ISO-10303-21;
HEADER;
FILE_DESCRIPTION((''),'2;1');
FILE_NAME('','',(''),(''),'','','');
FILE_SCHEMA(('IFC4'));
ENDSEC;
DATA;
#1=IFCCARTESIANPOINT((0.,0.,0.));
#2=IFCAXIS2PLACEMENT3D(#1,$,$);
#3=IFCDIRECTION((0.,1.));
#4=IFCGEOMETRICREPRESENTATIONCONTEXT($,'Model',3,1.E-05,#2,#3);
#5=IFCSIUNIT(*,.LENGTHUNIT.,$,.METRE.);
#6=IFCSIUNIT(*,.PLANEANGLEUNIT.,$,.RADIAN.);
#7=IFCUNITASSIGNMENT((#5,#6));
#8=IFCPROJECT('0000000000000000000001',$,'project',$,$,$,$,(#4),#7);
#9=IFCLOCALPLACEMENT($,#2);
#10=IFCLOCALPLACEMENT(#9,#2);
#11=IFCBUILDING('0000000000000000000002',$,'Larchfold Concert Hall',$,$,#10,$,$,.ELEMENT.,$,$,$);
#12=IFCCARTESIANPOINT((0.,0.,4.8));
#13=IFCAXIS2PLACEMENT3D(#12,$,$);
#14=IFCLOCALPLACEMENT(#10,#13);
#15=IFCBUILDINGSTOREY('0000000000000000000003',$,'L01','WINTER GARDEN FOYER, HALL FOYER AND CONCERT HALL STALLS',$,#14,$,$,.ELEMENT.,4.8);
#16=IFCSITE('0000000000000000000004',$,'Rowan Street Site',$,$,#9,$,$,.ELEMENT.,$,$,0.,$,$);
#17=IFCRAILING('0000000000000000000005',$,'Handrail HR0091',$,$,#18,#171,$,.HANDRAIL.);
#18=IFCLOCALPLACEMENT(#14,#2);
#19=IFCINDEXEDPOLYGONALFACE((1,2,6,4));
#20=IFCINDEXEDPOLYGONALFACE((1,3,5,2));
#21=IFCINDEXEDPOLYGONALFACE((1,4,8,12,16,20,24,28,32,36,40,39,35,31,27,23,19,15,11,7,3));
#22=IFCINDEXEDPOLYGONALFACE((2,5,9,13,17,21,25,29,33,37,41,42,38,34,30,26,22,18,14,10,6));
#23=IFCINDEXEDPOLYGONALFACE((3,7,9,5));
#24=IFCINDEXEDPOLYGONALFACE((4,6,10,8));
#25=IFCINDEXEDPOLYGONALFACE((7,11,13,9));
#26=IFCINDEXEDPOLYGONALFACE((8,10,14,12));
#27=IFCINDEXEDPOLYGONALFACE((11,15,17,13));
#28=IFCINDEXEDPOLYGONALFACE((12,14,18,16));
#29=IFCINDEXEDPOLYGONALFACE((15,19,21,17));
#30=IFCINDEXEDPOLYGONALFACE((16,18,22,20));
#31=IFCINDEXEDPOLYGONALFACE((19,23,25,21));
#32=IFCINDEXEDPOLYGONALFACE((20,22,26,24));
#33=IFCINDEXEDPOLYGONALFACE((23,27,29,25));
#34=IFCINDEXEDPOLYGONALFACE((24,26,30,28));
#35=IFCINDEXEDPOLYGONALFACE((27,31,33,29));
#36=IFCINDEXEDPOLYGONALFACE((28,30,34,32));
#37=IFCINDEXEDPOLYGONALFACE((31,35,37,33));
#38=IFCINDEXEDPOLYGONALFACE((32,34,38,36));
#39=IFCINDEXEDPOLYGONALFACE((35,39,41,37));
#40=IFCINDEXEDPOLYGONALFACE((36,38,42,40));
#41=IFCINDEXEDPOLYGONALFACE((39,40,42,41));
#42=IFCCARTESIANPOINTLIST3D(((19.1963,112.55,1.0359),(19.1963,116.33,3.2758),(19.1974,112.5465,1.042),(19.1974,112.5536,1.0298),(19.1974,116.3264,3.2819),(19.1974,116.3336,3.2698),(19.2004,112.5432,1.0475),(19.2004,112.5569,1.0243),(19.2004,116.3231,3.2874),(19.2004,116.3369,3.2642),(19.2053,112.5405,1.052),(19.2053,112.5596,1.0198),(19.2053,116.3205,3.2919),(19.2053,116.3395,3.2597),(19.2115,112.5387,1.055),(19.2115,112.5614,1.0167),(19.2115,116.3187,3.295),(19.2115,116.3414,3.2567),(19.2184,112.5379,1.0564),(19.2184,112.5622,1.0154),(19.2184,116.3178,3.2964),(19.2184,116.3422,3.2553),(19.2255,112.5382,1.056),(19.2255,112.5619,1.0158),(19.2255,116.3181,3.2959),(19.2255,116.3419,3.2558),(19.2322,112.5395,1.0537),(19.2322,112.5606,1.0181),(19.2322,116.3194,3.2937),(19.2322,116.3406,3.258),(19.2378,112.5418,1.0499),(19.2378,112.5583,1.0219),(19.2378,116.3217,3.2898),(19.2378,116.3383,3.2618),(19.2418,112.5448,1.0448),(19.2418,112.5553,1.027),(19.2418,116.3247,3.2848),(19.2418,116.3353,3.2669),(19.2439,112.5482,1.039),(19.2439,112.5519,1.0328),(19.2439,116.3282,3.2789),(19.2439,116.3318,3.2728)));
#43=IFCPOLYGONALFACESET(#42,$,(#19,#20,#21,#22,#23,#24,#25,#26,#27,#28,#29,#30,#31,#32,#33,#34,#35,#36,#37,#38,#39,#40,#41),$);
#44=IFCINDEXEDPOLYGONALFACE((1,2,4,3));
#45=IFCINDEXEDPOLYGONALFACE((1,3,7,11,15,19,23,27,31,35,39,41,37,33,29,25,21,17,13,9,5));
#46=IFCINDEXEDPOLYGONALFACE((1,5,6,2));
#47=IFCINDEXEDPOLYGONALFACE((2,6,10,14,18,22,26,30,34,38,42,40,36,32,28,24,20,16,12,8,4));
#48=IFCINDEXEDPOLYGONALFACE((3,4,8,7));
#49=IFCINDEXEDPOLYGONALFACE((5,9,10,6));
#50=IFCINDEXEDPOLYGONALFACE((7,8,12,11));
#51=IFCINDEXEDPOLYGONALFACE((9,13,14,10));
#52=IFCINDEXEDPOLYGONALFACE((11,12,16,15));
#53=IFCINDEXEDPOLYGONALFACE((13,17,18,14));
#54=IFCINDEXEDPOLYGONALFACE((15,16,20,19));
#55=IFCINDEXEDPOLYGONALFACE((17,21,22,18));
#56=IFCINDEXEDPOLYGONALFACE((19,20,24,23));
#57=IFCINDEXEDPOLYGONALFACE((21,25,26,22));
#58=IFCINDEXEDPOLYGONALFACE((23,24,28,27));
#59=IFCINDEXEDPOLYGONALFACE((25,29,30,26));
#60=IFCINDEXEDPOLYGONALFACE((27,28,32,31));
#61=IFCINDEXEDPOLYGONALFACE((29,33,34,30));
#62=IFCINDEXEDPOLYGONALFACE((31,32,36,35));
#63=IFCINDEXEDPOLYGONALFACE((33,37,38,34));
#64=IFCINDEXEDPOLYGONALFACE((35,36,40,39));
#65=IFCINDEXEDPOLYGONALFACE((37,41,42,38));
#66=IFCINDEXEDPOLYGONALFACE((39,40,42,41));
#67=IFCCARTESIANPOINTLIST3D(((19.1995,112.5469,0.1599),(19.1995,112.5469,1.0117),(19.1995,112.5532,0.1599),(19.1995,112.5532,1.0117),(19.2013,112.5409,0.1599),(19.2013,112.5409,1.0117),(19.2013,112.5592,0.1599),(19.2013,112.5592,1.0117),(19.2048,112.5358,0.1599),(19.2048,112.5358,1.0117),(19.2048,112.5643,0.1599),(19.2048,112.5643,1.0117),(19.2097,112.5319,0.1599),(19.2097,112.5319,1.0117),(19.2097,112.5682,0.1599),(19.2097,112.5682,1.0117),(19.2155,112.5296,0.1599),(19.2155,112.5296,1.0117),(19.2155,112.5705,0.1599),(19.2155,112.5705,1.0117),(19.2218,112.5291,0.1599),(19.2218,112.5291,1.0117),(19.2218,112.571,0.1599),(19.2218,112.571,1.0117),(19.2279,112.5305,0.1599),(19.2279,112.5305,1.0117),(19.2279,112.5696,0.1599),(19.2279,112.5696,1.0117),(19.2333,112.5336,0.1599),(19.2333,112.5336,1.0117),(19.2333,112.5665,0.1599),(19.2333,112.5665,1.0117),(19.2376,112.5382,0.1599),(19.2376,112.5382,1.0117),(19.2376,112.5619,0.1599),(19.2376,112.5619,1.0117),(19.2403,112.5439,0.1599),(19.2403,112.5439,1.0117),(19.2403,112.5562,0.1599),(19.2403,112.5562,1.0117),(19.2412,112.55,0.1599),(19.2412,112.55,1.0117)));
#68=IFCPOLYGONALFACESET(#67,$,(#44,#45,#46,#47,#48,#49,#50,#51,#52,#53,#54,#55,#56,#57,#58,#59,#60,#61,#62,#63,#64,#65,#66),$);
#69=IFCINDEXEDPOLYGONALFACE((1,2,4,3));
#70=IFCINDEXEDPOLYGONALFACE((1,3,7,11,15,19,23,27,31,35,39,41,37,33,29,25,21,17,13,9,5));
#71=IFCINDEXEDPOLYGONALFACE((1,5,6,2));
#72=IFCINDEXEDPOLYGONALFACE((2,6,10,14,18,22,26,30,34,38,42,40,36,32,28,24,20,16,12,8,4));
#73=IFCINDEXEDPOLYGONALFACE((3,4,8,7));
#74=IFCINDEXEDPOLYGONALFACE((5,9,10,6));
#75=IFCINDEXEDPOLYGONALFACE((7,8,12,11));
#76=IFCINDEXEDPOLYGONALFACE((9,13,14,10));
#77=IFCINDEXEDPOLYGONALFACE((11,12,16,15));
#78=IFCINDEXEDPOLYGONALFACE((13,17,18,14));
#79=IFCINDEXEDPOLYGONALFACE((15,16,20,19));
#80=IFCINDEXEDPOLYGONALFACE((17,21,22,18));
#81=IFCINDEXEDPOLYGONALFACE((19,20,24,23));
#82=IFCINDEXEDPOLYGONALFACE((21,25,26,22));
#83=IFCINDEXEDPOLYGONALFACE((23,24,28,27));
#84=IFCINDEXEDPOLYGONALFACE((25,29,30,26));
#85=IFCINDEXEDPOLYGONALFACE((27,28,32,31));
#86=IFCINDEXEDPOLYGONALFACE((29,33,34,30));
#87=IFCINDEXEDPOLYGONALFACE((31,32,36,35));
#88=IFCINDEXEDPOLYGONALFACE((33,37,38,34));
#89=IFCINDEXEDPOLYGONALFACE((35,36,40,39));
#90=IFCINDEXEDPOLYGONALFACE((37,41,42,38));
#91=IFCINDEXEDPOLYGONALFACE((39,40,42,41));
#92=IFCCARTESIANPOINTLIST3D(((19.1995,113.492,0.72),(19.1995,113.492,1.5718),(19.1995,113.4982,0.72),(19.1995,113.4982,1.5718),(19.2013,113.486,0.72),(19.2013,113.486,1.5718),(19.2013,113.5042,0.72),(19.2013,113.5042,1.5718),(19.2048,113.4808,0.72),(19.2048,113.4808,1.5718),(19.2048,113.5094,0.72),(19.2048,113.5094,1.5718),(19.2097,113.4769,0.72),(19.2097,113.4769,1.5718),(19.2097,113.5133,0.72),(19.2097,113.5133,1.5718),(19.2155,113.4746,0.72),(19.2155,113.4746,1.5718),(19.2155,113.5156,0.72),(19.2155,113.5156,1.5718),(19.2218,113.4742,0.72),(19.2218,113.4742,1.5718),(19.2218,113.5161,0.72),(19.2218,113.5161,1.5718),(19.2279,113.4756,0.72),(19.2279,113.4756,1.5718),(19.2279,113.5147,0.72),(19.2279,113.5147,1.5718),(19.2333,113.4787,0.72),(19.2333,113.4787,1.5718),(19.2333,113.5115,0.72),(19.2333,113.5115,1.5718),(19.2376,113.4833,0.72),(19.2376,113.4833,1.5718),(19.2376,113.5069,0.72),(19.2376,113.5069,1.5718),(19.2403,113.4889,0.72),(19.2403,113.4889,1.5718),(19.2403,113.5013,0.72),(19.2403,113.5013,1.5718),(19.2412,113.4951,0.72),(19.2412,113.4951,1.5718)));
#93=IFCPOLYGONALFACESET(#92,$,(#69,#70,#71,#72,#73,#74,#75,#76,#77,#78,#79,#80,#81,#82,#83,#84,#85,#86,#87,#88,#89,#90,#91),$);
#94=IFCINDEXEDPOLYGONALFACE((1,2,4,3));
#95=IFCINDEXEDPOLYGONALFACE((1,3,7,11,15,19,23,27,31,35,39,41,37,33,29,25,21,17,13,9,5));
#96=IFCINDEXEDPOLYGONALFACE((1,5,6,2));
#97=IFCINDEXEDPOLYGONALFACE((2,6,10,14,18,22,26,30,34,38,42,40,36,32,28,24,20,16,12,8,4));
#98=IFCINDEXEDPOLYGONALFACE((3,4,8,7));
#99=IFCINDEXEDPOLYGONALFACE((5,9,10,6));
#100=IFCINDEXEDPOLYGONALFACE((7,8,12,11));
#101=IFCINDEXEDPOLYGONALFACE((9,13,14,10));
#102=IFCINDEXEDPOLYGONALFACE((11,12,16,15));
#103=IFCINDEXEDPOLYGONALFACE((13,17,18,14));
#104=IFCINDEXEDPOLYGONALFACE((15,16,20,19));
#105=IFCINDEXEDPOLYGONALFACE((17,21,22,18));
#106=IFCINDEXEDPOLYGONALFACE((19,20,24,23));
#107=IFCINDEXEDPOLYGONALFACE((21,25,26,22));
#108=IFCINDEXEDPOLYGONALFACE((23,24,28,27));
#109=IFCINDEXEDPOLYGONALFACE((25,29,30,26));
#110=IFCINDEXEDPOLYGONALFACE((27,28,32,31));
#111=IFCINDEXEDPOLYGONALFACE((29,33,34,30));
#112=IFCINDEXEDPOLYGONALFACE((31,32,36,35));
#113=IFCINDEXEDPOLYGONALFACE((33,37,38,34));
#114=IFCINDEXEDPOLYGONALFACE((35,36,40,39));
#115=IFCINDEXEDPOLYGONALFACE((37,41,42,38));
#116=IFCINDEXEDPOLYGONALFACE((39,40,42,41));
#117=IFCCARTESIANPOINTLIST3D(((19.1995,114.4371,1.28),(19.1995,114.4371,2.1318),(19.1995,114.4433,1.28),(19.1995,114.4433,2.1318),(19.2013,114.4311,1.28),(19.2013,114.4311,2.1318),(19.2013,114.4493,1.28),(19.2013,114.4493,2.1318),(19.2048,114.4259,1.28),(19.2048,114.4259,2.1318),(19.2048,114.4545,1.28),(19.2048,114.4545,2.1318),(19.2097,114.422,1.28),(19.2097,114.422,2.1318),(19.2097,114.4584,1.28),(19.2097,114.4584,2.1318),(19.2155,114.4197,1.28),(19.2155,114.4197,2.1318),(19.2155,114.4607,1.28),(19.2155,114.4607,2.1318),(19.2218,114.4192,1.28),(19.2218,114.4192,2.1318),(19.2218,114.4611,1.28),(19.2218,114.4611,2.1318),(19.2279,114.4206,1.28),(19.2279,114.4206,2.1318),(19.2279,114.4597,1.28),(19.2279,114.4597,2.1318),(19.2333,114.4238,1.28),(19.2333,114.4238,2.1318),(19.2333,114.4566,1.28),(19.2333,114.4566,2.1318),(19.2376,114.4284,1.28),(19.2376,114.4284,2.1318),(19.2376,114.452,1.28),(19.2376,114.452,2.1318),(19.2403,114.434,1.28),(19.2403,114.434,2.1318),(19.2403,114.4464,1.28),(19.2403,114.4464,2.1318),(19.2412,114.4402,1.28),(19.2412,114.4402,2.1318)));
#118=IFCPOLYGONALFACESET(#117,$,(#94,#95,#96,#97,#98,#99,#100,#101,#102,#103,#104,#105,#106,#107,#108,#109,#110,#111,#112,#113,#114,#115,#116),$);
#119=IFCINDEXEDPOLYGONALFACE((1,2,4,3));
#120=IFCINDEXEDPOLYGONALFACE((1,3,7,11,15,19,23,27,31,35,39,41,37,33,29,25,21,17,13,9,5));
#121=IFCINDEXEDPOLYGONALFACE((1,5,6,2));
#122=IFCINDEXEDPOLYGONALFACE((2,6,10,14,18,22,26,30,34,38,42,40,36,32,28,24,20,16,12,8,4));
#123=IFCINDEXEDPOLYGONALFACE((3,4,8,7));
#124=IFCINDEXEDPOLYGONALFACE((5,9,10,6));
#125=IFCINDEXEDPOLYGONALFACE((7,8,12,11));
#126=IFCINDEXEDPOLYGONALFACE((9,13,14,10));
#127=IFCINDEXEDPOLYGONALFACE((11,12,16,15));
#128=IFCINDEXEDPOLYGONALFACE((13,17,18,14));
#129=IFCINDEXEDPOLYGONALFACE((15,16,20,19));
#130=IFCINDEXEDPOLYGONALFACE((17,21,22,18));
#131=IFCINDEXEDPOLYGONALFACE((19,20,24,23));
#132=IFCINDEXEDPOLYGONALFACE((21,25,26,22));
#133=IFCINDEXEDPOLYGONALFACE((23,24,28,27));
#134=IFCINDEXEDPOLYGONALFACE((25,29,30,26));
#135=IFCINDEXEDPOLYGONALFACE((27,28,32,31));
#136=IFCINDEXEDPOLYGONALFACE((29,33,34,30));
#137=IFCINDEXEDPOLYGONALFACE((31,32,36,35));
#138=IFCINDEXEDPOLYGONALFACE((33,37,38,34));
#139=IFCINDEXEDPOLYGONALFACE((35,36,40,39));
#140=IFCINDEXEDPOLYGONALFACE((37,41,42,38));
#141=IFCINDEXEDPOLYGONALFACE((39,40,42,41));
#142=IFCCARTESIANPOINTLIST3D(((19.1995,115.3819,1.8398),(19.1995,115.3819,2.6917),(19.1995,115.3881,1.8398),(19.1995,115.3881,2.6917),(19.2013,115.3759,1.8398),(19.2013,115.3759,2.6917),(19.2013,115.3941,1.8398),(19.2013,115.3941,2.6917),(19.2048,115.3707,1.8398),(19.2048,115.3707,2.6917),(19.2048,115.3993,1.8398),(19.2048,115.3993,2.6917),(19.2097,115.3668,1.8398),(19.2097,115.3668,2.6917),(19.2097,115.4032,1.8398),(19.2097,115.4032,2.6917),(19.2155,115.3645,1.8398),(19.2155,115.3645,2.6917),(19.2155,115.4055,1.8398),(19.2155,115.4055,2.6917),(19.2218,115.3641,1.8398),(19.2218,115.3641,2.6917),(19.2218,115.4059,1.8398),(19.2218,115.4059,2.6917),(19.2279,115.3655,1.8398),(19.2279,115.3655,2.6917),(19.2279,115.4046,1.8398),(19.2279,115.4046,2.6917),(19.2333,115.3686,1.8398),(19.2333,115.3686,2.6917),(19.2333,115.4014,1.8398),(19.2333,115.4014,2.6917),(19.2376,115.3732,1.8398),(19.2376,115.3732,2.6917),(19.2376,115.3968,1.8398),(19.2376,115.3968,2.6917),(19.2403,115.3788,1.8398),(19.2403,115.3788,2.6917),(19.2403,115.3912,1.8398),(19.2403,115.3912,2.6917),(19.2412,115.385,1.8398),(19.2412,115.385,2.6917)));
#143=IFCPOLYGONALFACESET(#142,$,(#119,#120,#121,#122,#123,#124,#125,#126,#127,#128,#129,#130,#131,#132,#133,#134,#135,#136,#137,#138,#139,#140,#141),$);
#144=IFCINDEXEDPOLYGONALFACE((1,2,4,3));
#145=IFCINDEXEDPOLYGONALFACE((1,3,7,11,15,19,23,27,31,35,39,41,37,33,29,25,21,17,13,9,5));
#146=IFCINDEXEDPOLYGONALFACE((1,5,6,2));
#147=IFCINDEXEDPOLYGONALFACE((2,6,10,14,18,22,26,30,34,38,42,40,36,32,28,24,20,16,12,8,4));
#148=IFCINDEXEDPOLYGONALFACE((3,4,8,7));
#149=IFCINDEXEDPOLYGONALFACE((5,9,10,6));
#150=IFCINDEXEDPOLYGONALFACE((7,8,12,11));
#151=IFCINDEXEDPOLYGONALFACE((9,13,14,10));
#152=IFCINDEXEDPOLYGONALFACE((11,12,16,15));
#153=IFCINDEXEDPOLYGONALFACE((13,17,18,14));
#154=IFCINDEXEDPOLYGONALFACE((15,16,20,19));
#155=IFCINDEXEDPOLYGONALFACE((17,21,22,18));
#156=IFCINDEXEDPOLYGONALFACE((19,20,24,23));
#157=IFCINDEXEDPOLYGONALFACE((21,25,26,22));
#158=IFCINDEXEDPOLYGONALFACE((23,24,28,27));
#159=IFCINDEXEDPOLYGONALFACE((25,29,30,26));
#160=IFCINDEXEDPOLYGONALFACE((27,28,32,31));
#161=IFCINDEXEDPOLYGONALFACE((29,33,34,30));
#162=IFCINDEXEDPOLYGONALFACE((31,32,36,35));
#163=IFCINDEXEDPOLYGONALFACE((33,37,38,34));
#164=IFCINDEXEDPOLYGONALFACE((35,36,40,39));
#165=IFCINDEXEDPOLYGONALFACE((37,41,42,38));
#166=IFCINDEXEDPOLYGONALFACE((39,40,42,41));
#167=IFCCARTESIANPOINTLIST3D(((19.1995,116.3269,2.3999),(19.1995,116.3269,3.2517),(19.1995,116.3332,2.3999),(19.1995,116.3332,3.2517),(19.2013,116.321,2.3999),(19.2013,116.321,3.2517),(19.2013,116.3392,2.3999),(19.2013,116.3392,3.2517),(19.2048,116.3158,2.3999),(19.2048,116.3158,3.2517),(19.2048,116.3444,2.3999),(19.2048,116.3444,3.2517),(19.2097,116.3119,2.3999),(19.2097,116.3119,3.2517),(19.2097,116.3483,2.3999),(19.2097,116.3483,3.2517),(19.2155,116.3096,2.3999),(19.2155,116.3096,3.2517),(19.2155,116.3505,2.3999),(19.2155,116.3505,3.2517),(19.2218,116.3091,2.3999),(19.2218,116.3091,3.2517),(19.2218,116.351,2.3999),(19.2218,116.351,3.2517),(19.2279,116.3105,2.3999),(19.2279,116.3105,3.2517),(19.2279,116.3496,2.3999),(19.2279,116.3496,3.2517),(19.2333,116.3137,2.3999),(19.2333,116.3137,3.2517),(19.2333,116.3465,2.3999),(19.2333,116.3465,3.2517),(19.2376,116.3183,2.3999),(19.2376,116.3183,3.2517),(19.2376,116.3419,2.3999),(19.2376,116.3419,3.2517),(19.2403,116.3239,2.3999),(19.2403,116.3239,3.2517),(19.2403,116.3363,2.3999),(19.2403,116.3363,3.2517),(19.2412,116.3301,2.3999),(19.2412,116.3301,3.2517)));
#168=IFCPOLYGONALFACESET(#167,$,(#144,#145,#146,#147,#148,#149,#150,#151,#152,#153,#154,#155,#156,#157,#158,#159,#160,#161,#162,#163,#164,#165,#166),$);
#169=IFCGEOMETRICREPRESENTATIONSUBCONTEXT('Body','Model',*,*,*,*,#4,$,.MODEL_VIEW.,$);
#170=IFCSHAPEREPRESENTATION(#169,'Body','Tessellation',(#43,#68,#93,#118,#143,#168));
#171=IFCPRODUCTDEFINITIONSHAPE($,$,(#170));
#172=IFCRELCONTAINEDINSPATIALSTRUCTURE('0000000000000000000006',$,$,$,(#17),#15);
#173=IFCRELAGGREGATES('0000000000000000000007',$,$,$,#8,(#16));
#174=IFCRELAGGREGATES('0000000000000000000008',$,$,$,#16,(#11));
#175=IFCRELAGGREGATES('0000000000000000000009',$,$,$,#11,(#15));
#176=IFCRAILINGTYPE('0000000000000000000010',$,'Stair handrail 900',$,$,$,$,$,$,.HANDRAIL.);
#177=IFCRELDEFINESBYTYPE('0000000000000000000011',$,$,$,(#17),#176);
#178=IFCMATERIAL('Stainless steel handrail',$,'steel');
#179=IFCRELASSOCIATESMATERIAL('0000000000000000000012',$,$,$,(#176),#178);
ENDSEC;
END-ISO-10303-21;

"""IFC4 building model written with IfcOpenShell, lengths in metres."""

from ifc_helpers import new_model, si_unit, direction, frame, origin, origin_2d, place, context, subcontext, project, spatial, circle, extrude, material, type_object, element, save


model = new_model("IFC4")

# Units and contexts
model_context = context("Model", 3, precision=1e-05, world=origin(), true_north=direction((0.0, 1.0)))
body_context = subcontext(model_context, "Body", "Model", "MODEL_VIEW")
ifc_project = project(units=[si_unit("LENGTHUNIT", "METRE"), si_unit("PLANEANGLEUNIT", "RADIAN")], contexts=[model_context])

# Site, building, storey
site_placement = place(None, origin())
site = spatial("IfcSite", under=ifc_project, at=site_placement, Name="Rowan Street Site", CompositionType="ELEMENT", RefElevation=0.0)
building_placement = place(site_placement, origin())
building = spatial("IfcBuilding", under=site, at=building_placement, Name="Larchfold Concert Hall", CompositionType="ELEMENT")
storey_placement = place(building_placement, frame((0.0, 0.0, 4.8)))
storey = spatial("IfcBuildingStorey", under=building, at=storey_placement, Name="L01", Description="WINTER GARDEN FOYER, HALL FOYER AND CONCERT HALL STALLS", CompositionType="ELEMENT", Elevation=4.8)

# Railing
ifc_material_1 = material(Name="Stainless steel handrail", Category="steel")
railing_type_1 = type_object("IfcRailingType", Name="Stair handrail 900", PredefinedType="HANDRAIL", material=ifc_material_1)
railing_1_placement = place(storey_placement, frame((19.2202, 112.55, 0.1599)))
element("IfcRailing", 1, at=railing_1_placement, inside=storey, type_object=railing_type_1, Name="Handrail HR0091", PredefinedType="HANDRAIL", context=body_context, shape_type="SweptSolid", body=[
    extrude(circle(Radius=0.0239, at=origin_2d()), frame((0.0, 0.0, 0.876), z_axis=(0.0, 0.860294, 0.509798), x_axis=(-1.0, 0.0, 0.0)), (0.0, 0.0, 1.0), 4.3938),
    extrude(circle(Radius=0.021, at=origin_2d()), origin(), (0.0, 0.0, 1.0), 0.8518),
    extrude(circle(Radius=0.021, at=origin_2d()), frame((0.0, 0.9451, 0.5601)), (0.0, 0.0, 1.0), 0.8518),
    extrude(circle(Radius=0.021, at=origin_2d()), frame((0.0, 1.8901, 1.1201)), (0.0, 0.0, 1.0), 0.8518),
    extrude(circle(Radius=0.021, at=origin_2d()), frame((0.0, 2.835, 1.6799)), (0.0, 0.0, 1.0), 0.8518),
    extrude(circle(Radius=0.021, at=origin_2d()), frame((0.0, 3.78, 2.24)), (0.0, 0.0, 1.0), 0.8518),
])

save(model, "model.ifc")
